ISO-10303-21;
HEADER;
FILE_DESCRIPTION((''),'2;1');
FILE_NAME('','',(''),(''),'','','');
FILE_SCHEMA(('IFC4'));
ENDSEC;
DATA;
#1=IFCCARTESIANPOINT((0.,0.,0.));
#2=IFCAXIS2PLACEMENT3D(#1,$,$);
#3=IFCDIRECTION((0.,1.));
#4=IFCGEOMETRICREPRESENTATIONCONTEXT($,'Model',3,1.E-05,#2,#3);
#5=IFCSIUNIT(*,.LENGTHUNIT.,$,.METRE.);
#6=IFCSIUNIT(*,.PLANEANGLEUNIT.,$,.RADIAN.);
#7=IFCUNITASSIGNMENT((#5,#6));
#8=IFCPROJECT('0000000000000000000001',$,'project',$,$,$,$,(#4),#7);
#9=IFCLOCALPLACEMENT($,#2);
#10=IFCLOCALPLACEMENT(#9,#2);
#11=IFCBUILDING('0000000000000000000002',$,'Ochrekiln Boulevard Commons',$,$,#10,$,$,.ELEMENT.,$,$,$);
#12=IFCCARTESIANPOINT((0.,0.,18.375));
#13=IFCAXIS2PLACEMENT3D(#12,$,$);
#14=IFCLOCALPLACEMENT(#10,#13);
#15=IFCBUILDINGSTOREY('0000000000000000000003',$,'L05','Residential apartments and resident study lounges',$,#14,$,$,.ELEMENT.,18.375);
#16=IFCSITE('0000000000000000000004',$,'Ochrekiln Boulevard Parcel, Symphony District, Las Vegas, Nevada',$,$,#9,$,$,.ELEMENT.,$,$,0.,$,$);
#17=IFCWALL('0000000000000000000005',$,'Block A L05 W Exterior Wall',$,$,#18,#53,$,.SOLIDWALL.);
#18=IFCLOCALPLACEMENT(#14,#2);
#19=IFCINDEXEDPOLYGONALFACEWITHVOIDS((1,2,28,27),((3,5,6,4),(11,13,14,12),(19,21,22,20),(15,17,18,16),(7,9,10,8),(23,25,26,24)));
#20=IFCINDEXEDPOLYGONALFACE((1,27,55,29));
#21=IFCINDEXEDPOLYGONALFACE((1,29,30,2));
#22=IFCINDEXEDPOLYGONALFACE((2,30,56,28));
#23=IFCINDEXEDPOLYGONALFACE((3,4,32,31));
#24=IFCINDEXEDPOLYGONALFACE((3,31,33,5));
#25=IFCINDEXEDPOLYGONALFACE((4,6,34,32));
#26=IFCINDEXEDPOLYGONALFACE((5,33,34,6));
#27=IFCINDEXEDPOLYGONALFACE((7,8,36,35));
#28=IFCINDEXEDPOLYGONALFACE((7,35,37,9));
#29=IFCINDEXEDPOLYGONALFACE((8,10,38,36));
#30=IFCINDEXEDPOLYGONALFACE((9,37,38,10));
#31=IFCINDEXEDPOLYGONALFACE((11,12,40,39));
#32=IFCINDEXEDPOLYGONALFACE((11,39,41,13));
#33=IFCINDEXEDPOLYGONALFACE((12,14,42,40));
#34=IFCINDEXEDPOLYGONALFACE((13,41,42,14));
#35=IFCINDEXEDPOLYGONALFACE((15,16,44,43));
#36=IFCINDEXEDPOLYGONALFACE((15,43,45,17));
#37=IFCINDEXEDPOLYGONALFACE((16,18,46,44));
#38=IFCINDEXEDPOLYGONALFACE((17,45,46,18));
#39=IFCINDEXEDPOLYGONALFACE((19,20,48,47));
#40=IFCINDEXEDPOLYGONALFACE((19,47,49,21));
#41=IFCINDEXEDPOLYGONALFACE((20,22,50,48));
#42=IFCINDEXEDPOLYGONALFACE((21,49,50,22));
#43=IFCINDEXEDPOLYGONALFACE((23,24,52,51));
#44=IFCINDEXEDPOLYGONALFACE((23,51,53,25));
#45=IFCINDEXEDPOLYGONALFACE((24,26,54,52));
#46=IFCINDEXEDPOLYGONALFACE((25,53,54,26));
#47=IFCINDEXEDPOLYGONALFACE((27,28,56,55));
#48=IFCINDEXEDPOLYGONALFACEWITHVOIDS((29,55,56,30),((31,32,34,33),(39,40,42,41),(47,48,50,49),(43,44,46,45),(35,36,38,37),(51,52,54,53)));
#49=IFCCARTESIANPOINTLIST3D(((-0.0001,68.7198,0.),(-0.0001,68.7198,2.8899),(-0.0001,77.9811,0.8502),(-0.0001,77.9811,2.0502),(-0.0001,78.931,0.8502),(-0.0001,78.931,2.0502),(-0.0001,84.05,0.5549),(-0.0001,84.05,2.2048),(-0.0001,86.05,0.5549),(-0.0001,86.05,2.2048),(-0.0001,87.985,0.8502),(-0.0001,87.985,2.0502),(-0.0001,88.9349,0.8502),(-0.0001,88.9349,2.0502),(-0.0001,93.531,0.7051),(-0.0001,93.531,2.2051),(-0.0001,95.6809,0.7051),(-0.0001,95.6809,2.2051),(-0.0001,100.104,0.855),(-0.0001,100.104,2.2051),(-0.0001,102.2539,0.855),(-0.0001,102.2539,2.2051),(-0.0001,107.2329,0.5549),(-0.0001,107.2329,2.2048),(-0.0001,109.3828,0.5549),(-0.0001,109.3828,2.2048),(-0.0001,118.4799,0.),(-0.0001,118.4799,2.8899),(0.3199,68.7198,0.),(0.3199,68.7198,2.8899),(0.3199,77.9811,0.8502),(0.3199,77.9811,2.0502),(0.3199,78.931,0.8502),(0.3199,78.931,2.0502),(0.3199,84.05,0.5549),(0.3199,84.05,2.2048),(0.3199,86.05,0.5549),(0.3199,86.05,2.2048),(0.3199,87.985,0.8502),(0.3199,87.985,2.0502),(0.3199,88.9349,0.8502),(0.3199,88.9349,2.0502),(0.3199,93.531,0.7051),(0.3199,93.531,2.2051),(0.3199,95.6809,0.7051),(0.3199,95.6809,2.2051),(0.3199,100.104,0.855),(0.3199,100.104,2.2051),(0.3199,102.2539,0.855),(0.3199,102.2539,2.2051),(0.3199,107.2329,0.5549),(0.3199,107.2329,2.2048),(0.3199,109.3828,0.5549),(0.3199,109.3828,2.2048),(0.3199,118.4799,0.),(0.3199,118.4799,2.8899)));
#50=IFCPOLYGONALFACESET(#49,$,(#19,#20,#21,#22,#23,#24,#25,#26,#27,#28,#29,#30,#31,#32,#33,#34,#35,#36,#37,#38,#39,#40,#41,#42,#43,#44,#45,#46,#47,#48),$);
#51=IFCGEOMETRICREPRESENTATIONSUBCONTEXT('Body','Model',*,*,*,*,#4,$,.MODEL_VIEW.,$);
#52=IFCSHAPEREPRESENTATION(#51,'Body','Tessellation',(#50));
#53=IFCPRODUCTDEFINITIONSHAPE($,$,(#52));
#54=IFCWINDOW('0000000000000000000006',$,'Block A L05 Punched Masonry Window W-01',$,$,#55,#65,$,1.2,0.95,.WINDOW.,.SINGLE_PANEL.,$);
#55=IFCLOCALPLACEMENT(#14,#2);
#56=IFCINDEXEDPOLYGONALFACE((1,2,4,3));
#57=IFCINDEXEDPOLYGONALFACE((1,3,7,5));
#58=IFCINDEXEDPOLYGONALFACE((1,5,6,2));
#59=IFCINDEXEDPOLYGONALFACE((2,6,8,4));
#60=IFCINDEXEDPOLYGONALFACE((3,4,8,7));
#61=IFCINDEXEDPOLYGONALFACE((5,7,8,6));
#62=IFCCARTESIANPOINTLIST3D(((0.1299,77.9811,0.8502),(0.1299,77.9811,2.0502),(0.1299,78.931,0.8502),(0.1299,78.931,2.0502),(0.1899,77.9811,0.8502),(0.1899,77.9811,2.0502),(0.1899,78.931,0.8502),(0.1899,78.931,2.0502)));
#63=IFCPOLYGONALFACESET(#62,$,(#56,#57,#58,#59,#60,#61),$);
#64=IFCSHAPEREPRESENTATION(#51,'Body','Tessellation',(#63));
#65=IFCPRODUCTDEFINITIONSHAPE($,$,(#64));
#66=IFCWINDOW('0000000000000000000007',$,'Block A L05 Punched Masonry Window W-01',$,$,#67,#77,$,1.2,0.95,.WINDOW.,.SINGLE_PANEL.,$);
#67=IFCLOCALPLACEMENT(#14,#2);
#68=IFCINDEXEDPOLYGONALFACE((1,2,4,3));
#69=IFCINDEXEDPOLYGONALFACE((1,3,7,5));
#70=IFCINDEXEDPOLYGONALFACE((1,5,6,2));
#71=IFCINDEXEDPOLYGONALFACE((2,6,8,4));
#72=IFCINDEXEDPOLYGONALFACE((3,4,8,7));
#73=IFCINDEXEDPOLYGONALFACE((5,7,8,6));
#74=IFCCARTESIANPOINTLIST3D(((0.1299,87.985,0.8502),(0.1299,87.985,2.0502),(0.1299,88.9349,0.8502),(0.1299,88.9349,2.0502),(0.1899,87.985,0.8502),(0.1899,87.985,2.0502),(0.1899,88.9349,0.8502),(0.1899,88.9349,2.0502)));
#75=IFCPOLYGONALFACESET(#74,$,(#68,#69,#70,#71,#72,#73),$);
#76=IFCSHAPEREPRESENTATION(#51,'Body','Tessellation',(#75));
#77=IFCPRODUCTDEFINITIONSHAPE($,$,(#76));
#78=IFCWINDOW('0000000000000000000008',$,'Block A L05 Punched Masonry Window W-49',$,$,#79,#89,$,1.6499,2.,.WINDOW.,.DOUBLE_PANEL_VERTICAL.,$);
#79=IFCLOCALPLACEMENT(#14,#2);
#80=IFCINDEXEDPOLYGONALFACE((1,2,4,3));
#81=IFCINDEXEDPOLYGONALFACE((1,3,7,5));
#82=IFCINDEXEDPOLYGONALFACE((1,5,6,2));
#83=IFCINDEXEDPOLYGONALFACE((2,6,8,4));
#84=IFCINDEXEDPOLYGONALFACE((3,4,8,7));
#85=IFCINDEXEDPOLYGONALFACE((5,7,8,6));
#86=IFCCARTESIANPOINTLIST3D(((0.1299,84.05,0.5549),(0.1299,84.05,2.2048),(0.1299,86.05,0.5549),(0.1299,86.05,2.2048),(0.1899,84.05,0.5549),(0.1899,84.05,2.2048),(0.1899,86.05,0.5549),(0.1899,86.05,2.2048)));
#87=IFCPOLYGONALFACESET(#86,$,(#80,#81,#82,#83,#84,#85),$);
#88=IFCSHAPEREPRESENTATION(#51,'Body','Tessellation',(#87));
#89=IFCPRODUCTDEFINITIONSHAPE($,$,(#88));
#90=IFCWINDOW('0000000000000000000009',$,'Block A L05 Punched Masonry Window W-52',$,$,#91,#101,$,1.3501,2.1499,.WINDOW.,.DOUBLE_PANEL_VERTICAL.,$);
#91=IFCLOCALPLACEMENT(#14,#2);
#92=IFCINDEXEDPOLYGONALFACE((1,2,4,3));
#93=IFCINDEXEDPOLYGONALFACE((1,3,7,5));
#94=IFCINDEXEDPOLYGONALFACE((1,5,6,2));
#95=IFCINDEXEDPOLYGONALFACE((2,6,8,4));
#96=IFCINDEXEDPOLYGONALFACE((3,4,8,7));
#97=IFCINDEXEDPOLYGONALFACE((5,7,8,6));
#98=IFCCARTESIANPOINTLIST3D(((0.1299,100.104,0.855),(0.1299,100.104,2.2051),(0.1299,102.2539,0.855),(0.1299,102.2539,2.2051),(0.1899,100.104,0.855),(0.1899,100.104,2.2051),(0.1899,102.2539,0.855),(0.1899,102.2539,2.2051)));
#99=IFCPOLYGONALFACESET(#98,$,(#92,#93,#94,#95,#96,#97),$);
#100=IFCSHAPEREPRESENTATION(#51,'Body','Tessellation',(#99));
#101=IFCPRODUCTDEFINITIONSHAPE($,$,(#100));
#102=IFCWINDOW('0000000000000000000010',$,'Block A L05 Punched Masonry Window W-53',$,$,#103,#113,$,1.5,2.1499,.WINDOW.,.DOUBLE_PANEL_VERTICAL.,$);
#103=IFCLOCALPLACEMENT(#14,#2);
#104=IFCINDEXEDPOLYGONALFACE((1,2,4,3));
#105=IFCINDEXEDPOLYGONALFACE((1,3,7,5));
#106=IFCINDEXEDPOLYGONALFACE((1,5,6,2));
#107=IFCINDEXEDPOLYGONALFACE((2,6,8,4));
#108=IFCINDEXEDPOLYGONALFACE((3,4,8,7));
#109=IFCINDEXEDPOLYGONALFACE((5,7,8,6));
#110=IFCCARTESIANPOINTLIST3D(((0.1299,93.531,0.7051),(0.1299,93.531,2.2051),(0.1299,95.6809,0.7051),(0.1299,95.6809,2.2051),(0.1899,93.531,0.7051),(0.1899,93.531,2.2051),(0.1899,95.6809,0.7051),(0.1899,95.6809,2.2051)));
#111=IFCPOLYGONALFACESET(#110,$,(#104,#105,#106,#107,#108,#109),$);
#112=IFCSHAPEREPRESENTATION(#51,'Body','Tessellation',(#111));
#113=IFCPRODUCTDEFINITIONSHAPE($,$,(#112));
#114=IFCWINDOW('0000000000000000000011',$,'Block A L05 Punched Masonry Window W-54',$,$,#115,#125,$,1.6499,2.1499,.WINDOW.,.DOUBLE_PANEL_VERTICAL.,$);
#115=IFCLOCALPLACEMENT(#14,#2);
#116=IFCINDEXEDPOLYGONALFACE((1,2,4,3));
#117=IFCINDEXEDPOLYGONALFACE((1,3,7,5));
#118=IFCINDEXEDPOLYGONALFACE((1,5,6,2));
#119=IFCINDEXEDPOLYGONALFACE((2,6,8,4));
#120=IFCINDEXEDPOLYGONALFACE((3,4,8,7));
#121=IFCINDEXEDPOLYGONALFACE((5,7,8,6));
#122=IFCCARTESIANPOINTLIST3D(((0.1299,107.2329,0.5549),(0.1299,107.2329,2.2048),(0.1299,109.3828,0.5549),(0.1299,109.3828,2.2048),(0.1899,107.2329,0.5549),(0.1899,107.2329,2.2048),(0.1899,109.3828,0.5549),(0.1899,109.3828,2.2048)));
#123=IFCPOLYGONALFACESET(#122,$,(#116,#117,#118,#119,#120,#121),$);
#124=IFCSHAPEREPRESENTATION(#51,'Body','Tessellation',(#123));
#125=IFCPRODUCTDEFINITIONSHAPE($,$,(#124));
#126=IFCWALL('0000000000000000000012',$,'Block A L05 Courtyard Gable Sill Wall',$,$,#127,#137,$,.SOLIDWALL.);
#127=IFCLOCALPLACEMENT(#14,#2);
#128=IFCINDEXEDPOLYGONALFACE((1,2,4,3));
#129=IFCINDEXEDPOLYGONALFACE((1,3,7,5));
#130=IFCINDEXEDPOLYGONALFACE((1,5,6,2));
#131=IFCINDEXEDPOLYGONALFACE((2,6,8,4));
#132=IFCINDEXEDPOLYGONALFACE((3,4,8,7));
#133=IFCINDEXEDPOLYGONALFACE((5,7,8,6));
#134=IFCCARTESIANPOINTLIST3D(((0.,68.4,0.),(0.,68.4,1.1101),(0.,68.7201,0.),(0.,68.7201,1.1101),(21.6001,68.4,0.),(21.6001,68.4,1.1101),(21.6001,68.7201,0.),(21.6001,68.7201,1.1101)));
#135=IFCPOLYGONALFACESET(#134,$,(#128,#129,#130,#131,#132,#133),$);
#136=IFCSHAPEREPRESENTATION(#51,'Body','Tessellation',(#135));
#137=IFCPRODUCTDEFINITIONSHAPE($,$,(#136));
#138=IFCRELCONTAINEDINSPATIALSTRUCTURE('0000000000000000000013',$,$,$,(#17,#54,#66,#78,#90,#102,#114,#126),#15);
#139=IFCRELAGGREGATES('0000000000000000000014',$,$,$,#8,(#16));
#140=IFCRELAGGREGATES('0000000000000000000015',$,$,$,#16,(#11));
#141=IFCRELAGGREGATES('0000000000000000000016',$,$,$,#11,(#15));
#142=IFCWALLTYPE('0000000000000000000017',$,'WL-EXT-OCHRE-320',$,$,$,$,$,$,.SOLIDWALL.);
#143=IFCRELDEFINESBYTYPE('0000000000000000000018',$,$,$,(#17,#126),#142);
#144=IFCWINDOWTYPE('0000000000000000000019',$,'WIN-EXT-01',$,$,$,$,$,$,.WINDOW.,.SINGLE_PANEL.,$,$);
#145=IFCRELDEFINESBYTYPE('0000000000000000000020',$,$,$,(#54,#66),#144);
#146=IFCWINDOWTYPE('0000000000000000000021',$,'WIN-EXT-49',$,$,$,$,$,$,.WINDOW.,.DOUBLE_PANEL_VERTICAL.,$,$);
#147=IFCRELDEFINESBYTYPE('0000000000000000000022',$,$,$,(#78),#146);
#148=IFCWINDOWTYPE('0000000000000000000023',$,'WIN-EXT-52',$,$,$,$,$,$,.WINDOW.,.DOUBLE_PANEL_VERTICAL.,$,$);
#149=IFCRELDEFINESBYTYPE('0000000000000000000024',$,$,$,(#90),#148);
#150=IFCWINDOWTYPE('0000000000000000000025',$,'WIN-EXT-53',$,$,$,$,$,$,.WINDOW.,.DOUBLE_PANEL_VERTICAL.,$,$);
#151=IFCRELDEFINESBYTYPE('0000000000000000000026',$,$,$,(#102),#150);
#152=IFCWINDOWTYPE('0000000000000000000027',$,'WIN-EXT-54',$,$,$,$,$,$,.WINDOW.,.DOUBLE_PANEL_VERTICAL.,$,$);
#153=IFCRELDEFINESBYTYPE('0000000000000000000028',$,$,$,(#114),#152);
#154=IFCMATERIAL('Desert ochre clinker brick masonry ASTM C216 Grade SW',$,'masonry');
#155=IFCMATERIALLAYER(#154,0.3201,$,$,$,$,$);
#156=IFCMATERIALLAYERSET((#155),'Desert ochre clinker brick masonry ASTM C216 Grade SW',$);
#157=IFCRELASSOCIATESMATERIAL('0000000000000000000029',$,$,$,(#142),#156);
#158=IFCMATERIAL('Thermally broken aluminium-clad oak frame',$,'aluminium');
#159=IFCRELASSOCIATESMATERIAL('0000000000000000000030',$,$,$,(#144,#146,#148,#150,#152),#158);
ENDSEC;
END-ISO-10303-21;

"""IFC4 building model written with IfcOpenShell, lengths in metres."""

from ifc_helpers import new_model, si_unit, direction, frame, frame_2d, origin, place, context, subcontext, project, spatial, rectangle, extrude, material, layer, layer_set, type_object, element, fill, save


model = new_model("IFC4")

# Units and contexts
model_context = context("Model", 3, precision=1e-05, world=origin(), true_north=direction((0.0, 1.0)))
body_context = subcontext(model_context, "Body", "Model", "MODEL_VIEW")
ifc_project = project(units=[si_unit("LENGTHUNIT", "METRE"), si_unit("PLANEANGLEUNIT", "RADIAN")], contexts=[model_context])

# Site, building, storey
site_placement = place(None, origin())
site = spatial("IfcSite", under=ifc_project, at=site_placement, Name="Ochrekiln Boulevard Parcel, Symphony District, Las Vegas, Nevada", CompositionType="ELEMENT", RefElevation=0.0)
building_placement = place(site_placement, origin())
building = spatial("IfcBuilding", under=site, at=building_placement, Name="Ochrekiln Boulevard Commons", CompositionType="ELEMENT")
storey_placement = place(building_placement, frame((0.0, 0.0, 18.375)))
storey = spatial("IfcBuildingStorey", under=building, at=storey_placement, Name="L05", Description="Residential apartments and resident study lounges", CompositionType="ELEMENT", Elevation=18.375)

# Wall, openings, windows
ifc_material_1 = material(Name="Desert ochre clinker brick masonry ASTM C216 Grade SW", Category="masonry")
ifc_layer_1 = layer(ifc_material_1, 0.3201)
ifc_layer_set_1 = layer_set([ifc_layer_1], Name="Desert ochre clinker brick masonry ASTM C216 Grade SW")
wall_type = type_object("IfcWallType", Name="WL-EXT-OCHRE-320", PredefinedType="SOLIDWALL", material=ifc_layer_set_1)
wall_1_placement = place(storey_placement, frame((0.1599, 68.72, 0.0), z_axis=(0.0, 0.0, 1.0), x_axis=(0.0, 1.0, 0.0)))
wall_1 = element("IfcWall", 1, at=wall_1_placement, inside=storey, type_object=wall_type, Name="Block A L05 W Exterior Wall", PredefinedType="SOLIDWALL", context=body_context, shape_type="SweptSolid", body=[
    extrude(rectangle(XDim=49.76, YDim=0.3201, at=frame_2d((24.8799, 0.0))), origin(), (0.0, 0.0, 1.0), 2.8899),
])
opening_1_placement = place(wall_1_placement, frame((15.3301, 0.0, 0.5549)))
opening_1 = element("IfcOpeningElement", 2, at=opening_1_placement, cuts=wall_1, PredefinedType="OPENING", context=body_context, shape_type="SweptSolid", body=[
    extrude(rectangle(XDim=2.0, YDim=1.6499, at=frame_2d((1.0, 0.825))), frame((0.0, 0.1699, 0.0), z_axis=(0.0, -1.0, 0.0), x_axis=(1.0, 0.0, 0.0)), (0.0, 0.0, 1.0), 0.3401),
])
opening_2_placement = place(wall_1_placement, frame((9.261, 0.0, 0.8501)))
opening_2 = element("IfcOpeningElement", 3, at=opening_2_placement, cuts=wall_1, PredefinedType="OPENING", context=body_context, shape_type="SweptSolid", body=[
    extrude(rectangle(XDim=0.95, YDim=1.2, at=frame_2d((0.4751, 0.6001))), frame((0.0, 0.1699, 0.0), z_axis=(0.0, -1.0, 0.0), x_axis=(1.0, 0.0, 0.0)), (0.0, 0.0, 1.0), 0.3401),
])
opening_3_placement = place(wall_1_placement, frame((19.2649, 0.0, 0.8501)))
opening_3 = element("IfcOpeningElement", 4, at=opening_3_placement, cuts=wall_1, PredefinedType="OPENING", context=body_context, shape_type="SweptSolid", body=[
    extrude(rectangle(XDim=0.95, YDim=1.2, at=frame_2d((0.4751, 0.6001))), frame((0.0, 0.1699, 0.0), z_axis=(0.0, -1.0, 0.0), x_axis=(1.0, 0.0, 0.0)), (0.0, 0.0, 1.0), 0.3401),
])
opening_4_placement = place(wall_1_placement, frame((31.384, 0.0, 0.855)))
opening_4 = element("IfcOpeningElement", 5, at=opening_4_placement, cuts=wall_1, PredefinedType="OPENING", context=body_context, shape_type="SweptSolid", body=[
    extrude(rectangle(XDim=2.1499, YDim=1.3501, at=frame_2d((1.075, 0.675))), frame((0.0, 0.1699, 0.0), z_axis=(0.0, -1.0, 0.0), x_axis=(1.0, 0.0, 0.0)), (0.0, 0.0, 1.0), 0.3401),
])
opening_5_placement = place(wall_1_placement, frame((24.811, 0.0, 0.7051)))
opening_5 = element("IfcOpeningElement", 6, at=opening_5_placement, cuts=wall_1, PredefinedType="OPENING", context=body_context, shape_type="SweptSolid", body=[
    extrude(rectangle(XDim=2.1499, YDim=1.5, at=frame_2d((1.075, 0.75))), frame((0.0, 0.1699, 0.0), z_axis=(0.0, -1.0, 0.0), x_axis=(1.0, 0.0, 0.0)), (0.0, 0.0, 1.0), 0.3401),
])
opening_6_placement = place(wall_1_placement, frame((38.5129, 0.0, 0.5549)))
opening_6 = element("IfcOpeningElement", 7, at=opening_6_placement, cuts=wall_1, PredefinedType="OPENING", context=body_context, shape_type="SweptSolid", body=[
    extrude(rectangle(XDim=2.1499, YDim=1.6499, at=frame_2d((1.075, 0.825))), frame((0.0, 0.1699, 0.0), z_axis=(0.0, -1.0, 0.0), x_axis=(1.0, 0.0, 0.0)), (0.0, 0.0, 1.0), 0.3401),
])
ifc_material_2 = material(Name="Thermally broken aluminium-clad oak frame", Category="aluminium")
window_type_1 = type_object("IfcWindowType", Name="WIN-EXT-01", PartitioningType="SINGLE_PANEL", PredefinedType="WINDOW", material=ifc_material_2)
window_1_placement = place(opening_2_placement, origin())
window_1 = element("IfcWindow", 8, at=window_1_placement, inside=storey, type_object=window_type_1, Name="Block A L05 Punched Masonry Window W-01", OverallHeight=1.2, OverallWidth=0.95, PartitioningType="SINGLE_PANEL", PredefinedType="WINDOW", context=body_context, shape_type="SweptSolid", body=[
    extrude(rectangle(XDim=0.95, YDim=1.2, at=frame_2d((0.4751, 0.6001))), frame((0.0, 0.03, 0.0), z_axis=(0.0, -1.0, 0.0), x_axis=(1.0, 0.0, 0.0)), (0.0, 0.0, 1.0), 0.0601),
])
fill(opening_2, window_1)
window_2_placement = place(opening_3_placement, origin())
window_2 = element("IfcWindow", 9, at=window_2_placement, inside=storey, type_object=window_type_1, Name="Block A L05 Punched Masonry Window W-01", OverallHeight=1.2, OverallWidth=0.95, PartitioningType="SINGLE_PANEL", PredefinedType="WINDOW", context=body_context, shape_type="SweptSolid", body=[
    extrude(rectangle(XDim=0.95, YDim=1.2, at=frame_2d((0.4751, 0.6001))), frame((0.0, 0.03, 0.0), z_axis=(0.0, -1.0, 0.0), x_axis=(1.0, 0.0, 0.0)), (0.0, 0.0, 1.0), 0.0601),
])
fill(opening_3, window_2)
window_type_2 = type_object("IfcWindowType", Name="WIN-EXT-49", PartitioningType="DOUBLE_PANEL_VERTICAL", PredefinedType="WINDOW", material=ifc_material_2)
window_3_placement = place(opening_1_placement, origin())
window_3 = element("IfcWindow", 10, at=window_3_placement, inside=storey, type_object=window_type_2, Name="Block A L05 Punched Masonry Window W-49", OverallHeight=1.6499, OverallWidth=2.0, PartitioningType="DOUBLE_PANEL_VERTICAL", PredefinedType="WINDOW", context=body_context, shape_type="SweptSolid", body=[
    extrude(rectangle(XDim=2.0, YDim=1.6499, at=frame_2d((1.0, 0.825))), frame((0.0, 0.03, 0.0), z_axis=(0.0, -1.0, 0.0), x_axis=(1.0, 0.0, 0.0)), (0.0, 0.0, 1.0), 0.0601),
])
fill(opening_1, window_3)
window_type_3 = type_object("IfcWindowType", Name="WIN-EXT-52", PartitioningType="DOUBLE_PANEL_VERTICAL", PredefinedType="WINDOW", material=ifc_material_2)
window_4_placement = place(opening_4_placement, origin())
window_4 = element("IfcWindow", 11, at=window_4_placement, inside=storey, type_object=window_type_3, Name="Block A L05 Punched Masonry Window W-52", OverallHeight=1.3501, OverallWidth=2.1499, PartitioningType="DOUBLE_PANEL_VERTICAL", PredefinedType="WINDOW", context=body_context, shape_type="SweptSolid", body=[
    extrude(rectangle(XDim=2.1499, YDim=1.3501, at=frame_2d((1.075, 0.675))), frame((0.0, 0.03, 0.0), z_axis=(0.0, -1.0, 0.0), x_axis=(1.0, 0.0, 0.0)), (0.0, 0.0, 1.0), 0.0601),
])
fill(opening_4, window_4)
window_type_4 = type_object("IfcWindowType", Name="WIN-EXT-53", PartitioningType="DOUBLE_PANEL_VERTICAL", PredefinedType="WINDOW", material=ifc_material_2)
window_5_placement = place(opening_5_placement, origin())
window_5 = element("IfcWindow", 12, at=window_5_placement, inside=storey, type_object=window_type_4, Name="Block A L05 Punched Masonry Window W-53", OverallHeight=1.5, OverallWidth=2.1499, PartitioningType="DOUBLE_PANEL_VERTICAL", PredefinedType="WINDOW", context=body_context, shape_type="SweptSolid", body=[
    extrude(rectangle(XDim=2.1499, YDim=1.5, at=frame_2d((1.075, 0.75))), frame((0.0, 0.03, 0.0), z_axis=(0.0, -1.0, 0.0), x_axis=(1.0, 0.0, 0.0)), (0.0, 0.0, 1.0), 0.0601),
])
fill(opening_5, window_5)
window_type_5 = type_object("IfcWindowType", Name="WIN-EXT-54", PartitioningType="DOUBLE_PANEL_VERTICAL", PredefinedType="WINDOW", material=ifc_material_2)
window_6_placement = place(opening_6_placement, origin())
window_6 = element("IfcWindow", 13, at=window_6_placement, inside=storey, type_object=window_type_5, Name="Block A L05 Punched Masonry Window W-54", OverallHeight=1.6499, OverallWidth=2.1499, PartitioningType="DOUBLE_PANEL_VERTICAL", PredefinedType="WINDOW", context=body_context, shape_type="SweptSolid", body=[
    extrude(rectangle(XDim=2.1499, YDim=1.6499, at=frame_2d((1.075, 0.825))), frame((0.0, 0.03, 0.0), z_axis=(0.0, -1.0, 0.0), x_axis=(1.0, 0.0, 0.0)), (0.0, 0.0, 1.0), 0.0601),
])
fill(opening_6, window_6)

# Wall
wall_2_placement = place(storey_placement, frame((0.0, 68.5601, 0.0), z_axis=(0.0, 0.0, 1.0), x_axis=(1.0, 0.0, 0.0)))
element("IfcWall", 14, at=wall_2_placement, inside=storey, type_object=wall_type, Name="Block A L05 Courtyard Gable Sill Wall", PredefinedType="SOLIDWALL", context=body_context, shape_type="SweptSolid", body=[
    extrude(rectangle(XDim=21.6001, YDim=0.3201, at=frame_2d((10.8, 0.0))), origin(), (0.0, 0.0, 1.0), 1.1101),
])

save(model, "model.ifc")
